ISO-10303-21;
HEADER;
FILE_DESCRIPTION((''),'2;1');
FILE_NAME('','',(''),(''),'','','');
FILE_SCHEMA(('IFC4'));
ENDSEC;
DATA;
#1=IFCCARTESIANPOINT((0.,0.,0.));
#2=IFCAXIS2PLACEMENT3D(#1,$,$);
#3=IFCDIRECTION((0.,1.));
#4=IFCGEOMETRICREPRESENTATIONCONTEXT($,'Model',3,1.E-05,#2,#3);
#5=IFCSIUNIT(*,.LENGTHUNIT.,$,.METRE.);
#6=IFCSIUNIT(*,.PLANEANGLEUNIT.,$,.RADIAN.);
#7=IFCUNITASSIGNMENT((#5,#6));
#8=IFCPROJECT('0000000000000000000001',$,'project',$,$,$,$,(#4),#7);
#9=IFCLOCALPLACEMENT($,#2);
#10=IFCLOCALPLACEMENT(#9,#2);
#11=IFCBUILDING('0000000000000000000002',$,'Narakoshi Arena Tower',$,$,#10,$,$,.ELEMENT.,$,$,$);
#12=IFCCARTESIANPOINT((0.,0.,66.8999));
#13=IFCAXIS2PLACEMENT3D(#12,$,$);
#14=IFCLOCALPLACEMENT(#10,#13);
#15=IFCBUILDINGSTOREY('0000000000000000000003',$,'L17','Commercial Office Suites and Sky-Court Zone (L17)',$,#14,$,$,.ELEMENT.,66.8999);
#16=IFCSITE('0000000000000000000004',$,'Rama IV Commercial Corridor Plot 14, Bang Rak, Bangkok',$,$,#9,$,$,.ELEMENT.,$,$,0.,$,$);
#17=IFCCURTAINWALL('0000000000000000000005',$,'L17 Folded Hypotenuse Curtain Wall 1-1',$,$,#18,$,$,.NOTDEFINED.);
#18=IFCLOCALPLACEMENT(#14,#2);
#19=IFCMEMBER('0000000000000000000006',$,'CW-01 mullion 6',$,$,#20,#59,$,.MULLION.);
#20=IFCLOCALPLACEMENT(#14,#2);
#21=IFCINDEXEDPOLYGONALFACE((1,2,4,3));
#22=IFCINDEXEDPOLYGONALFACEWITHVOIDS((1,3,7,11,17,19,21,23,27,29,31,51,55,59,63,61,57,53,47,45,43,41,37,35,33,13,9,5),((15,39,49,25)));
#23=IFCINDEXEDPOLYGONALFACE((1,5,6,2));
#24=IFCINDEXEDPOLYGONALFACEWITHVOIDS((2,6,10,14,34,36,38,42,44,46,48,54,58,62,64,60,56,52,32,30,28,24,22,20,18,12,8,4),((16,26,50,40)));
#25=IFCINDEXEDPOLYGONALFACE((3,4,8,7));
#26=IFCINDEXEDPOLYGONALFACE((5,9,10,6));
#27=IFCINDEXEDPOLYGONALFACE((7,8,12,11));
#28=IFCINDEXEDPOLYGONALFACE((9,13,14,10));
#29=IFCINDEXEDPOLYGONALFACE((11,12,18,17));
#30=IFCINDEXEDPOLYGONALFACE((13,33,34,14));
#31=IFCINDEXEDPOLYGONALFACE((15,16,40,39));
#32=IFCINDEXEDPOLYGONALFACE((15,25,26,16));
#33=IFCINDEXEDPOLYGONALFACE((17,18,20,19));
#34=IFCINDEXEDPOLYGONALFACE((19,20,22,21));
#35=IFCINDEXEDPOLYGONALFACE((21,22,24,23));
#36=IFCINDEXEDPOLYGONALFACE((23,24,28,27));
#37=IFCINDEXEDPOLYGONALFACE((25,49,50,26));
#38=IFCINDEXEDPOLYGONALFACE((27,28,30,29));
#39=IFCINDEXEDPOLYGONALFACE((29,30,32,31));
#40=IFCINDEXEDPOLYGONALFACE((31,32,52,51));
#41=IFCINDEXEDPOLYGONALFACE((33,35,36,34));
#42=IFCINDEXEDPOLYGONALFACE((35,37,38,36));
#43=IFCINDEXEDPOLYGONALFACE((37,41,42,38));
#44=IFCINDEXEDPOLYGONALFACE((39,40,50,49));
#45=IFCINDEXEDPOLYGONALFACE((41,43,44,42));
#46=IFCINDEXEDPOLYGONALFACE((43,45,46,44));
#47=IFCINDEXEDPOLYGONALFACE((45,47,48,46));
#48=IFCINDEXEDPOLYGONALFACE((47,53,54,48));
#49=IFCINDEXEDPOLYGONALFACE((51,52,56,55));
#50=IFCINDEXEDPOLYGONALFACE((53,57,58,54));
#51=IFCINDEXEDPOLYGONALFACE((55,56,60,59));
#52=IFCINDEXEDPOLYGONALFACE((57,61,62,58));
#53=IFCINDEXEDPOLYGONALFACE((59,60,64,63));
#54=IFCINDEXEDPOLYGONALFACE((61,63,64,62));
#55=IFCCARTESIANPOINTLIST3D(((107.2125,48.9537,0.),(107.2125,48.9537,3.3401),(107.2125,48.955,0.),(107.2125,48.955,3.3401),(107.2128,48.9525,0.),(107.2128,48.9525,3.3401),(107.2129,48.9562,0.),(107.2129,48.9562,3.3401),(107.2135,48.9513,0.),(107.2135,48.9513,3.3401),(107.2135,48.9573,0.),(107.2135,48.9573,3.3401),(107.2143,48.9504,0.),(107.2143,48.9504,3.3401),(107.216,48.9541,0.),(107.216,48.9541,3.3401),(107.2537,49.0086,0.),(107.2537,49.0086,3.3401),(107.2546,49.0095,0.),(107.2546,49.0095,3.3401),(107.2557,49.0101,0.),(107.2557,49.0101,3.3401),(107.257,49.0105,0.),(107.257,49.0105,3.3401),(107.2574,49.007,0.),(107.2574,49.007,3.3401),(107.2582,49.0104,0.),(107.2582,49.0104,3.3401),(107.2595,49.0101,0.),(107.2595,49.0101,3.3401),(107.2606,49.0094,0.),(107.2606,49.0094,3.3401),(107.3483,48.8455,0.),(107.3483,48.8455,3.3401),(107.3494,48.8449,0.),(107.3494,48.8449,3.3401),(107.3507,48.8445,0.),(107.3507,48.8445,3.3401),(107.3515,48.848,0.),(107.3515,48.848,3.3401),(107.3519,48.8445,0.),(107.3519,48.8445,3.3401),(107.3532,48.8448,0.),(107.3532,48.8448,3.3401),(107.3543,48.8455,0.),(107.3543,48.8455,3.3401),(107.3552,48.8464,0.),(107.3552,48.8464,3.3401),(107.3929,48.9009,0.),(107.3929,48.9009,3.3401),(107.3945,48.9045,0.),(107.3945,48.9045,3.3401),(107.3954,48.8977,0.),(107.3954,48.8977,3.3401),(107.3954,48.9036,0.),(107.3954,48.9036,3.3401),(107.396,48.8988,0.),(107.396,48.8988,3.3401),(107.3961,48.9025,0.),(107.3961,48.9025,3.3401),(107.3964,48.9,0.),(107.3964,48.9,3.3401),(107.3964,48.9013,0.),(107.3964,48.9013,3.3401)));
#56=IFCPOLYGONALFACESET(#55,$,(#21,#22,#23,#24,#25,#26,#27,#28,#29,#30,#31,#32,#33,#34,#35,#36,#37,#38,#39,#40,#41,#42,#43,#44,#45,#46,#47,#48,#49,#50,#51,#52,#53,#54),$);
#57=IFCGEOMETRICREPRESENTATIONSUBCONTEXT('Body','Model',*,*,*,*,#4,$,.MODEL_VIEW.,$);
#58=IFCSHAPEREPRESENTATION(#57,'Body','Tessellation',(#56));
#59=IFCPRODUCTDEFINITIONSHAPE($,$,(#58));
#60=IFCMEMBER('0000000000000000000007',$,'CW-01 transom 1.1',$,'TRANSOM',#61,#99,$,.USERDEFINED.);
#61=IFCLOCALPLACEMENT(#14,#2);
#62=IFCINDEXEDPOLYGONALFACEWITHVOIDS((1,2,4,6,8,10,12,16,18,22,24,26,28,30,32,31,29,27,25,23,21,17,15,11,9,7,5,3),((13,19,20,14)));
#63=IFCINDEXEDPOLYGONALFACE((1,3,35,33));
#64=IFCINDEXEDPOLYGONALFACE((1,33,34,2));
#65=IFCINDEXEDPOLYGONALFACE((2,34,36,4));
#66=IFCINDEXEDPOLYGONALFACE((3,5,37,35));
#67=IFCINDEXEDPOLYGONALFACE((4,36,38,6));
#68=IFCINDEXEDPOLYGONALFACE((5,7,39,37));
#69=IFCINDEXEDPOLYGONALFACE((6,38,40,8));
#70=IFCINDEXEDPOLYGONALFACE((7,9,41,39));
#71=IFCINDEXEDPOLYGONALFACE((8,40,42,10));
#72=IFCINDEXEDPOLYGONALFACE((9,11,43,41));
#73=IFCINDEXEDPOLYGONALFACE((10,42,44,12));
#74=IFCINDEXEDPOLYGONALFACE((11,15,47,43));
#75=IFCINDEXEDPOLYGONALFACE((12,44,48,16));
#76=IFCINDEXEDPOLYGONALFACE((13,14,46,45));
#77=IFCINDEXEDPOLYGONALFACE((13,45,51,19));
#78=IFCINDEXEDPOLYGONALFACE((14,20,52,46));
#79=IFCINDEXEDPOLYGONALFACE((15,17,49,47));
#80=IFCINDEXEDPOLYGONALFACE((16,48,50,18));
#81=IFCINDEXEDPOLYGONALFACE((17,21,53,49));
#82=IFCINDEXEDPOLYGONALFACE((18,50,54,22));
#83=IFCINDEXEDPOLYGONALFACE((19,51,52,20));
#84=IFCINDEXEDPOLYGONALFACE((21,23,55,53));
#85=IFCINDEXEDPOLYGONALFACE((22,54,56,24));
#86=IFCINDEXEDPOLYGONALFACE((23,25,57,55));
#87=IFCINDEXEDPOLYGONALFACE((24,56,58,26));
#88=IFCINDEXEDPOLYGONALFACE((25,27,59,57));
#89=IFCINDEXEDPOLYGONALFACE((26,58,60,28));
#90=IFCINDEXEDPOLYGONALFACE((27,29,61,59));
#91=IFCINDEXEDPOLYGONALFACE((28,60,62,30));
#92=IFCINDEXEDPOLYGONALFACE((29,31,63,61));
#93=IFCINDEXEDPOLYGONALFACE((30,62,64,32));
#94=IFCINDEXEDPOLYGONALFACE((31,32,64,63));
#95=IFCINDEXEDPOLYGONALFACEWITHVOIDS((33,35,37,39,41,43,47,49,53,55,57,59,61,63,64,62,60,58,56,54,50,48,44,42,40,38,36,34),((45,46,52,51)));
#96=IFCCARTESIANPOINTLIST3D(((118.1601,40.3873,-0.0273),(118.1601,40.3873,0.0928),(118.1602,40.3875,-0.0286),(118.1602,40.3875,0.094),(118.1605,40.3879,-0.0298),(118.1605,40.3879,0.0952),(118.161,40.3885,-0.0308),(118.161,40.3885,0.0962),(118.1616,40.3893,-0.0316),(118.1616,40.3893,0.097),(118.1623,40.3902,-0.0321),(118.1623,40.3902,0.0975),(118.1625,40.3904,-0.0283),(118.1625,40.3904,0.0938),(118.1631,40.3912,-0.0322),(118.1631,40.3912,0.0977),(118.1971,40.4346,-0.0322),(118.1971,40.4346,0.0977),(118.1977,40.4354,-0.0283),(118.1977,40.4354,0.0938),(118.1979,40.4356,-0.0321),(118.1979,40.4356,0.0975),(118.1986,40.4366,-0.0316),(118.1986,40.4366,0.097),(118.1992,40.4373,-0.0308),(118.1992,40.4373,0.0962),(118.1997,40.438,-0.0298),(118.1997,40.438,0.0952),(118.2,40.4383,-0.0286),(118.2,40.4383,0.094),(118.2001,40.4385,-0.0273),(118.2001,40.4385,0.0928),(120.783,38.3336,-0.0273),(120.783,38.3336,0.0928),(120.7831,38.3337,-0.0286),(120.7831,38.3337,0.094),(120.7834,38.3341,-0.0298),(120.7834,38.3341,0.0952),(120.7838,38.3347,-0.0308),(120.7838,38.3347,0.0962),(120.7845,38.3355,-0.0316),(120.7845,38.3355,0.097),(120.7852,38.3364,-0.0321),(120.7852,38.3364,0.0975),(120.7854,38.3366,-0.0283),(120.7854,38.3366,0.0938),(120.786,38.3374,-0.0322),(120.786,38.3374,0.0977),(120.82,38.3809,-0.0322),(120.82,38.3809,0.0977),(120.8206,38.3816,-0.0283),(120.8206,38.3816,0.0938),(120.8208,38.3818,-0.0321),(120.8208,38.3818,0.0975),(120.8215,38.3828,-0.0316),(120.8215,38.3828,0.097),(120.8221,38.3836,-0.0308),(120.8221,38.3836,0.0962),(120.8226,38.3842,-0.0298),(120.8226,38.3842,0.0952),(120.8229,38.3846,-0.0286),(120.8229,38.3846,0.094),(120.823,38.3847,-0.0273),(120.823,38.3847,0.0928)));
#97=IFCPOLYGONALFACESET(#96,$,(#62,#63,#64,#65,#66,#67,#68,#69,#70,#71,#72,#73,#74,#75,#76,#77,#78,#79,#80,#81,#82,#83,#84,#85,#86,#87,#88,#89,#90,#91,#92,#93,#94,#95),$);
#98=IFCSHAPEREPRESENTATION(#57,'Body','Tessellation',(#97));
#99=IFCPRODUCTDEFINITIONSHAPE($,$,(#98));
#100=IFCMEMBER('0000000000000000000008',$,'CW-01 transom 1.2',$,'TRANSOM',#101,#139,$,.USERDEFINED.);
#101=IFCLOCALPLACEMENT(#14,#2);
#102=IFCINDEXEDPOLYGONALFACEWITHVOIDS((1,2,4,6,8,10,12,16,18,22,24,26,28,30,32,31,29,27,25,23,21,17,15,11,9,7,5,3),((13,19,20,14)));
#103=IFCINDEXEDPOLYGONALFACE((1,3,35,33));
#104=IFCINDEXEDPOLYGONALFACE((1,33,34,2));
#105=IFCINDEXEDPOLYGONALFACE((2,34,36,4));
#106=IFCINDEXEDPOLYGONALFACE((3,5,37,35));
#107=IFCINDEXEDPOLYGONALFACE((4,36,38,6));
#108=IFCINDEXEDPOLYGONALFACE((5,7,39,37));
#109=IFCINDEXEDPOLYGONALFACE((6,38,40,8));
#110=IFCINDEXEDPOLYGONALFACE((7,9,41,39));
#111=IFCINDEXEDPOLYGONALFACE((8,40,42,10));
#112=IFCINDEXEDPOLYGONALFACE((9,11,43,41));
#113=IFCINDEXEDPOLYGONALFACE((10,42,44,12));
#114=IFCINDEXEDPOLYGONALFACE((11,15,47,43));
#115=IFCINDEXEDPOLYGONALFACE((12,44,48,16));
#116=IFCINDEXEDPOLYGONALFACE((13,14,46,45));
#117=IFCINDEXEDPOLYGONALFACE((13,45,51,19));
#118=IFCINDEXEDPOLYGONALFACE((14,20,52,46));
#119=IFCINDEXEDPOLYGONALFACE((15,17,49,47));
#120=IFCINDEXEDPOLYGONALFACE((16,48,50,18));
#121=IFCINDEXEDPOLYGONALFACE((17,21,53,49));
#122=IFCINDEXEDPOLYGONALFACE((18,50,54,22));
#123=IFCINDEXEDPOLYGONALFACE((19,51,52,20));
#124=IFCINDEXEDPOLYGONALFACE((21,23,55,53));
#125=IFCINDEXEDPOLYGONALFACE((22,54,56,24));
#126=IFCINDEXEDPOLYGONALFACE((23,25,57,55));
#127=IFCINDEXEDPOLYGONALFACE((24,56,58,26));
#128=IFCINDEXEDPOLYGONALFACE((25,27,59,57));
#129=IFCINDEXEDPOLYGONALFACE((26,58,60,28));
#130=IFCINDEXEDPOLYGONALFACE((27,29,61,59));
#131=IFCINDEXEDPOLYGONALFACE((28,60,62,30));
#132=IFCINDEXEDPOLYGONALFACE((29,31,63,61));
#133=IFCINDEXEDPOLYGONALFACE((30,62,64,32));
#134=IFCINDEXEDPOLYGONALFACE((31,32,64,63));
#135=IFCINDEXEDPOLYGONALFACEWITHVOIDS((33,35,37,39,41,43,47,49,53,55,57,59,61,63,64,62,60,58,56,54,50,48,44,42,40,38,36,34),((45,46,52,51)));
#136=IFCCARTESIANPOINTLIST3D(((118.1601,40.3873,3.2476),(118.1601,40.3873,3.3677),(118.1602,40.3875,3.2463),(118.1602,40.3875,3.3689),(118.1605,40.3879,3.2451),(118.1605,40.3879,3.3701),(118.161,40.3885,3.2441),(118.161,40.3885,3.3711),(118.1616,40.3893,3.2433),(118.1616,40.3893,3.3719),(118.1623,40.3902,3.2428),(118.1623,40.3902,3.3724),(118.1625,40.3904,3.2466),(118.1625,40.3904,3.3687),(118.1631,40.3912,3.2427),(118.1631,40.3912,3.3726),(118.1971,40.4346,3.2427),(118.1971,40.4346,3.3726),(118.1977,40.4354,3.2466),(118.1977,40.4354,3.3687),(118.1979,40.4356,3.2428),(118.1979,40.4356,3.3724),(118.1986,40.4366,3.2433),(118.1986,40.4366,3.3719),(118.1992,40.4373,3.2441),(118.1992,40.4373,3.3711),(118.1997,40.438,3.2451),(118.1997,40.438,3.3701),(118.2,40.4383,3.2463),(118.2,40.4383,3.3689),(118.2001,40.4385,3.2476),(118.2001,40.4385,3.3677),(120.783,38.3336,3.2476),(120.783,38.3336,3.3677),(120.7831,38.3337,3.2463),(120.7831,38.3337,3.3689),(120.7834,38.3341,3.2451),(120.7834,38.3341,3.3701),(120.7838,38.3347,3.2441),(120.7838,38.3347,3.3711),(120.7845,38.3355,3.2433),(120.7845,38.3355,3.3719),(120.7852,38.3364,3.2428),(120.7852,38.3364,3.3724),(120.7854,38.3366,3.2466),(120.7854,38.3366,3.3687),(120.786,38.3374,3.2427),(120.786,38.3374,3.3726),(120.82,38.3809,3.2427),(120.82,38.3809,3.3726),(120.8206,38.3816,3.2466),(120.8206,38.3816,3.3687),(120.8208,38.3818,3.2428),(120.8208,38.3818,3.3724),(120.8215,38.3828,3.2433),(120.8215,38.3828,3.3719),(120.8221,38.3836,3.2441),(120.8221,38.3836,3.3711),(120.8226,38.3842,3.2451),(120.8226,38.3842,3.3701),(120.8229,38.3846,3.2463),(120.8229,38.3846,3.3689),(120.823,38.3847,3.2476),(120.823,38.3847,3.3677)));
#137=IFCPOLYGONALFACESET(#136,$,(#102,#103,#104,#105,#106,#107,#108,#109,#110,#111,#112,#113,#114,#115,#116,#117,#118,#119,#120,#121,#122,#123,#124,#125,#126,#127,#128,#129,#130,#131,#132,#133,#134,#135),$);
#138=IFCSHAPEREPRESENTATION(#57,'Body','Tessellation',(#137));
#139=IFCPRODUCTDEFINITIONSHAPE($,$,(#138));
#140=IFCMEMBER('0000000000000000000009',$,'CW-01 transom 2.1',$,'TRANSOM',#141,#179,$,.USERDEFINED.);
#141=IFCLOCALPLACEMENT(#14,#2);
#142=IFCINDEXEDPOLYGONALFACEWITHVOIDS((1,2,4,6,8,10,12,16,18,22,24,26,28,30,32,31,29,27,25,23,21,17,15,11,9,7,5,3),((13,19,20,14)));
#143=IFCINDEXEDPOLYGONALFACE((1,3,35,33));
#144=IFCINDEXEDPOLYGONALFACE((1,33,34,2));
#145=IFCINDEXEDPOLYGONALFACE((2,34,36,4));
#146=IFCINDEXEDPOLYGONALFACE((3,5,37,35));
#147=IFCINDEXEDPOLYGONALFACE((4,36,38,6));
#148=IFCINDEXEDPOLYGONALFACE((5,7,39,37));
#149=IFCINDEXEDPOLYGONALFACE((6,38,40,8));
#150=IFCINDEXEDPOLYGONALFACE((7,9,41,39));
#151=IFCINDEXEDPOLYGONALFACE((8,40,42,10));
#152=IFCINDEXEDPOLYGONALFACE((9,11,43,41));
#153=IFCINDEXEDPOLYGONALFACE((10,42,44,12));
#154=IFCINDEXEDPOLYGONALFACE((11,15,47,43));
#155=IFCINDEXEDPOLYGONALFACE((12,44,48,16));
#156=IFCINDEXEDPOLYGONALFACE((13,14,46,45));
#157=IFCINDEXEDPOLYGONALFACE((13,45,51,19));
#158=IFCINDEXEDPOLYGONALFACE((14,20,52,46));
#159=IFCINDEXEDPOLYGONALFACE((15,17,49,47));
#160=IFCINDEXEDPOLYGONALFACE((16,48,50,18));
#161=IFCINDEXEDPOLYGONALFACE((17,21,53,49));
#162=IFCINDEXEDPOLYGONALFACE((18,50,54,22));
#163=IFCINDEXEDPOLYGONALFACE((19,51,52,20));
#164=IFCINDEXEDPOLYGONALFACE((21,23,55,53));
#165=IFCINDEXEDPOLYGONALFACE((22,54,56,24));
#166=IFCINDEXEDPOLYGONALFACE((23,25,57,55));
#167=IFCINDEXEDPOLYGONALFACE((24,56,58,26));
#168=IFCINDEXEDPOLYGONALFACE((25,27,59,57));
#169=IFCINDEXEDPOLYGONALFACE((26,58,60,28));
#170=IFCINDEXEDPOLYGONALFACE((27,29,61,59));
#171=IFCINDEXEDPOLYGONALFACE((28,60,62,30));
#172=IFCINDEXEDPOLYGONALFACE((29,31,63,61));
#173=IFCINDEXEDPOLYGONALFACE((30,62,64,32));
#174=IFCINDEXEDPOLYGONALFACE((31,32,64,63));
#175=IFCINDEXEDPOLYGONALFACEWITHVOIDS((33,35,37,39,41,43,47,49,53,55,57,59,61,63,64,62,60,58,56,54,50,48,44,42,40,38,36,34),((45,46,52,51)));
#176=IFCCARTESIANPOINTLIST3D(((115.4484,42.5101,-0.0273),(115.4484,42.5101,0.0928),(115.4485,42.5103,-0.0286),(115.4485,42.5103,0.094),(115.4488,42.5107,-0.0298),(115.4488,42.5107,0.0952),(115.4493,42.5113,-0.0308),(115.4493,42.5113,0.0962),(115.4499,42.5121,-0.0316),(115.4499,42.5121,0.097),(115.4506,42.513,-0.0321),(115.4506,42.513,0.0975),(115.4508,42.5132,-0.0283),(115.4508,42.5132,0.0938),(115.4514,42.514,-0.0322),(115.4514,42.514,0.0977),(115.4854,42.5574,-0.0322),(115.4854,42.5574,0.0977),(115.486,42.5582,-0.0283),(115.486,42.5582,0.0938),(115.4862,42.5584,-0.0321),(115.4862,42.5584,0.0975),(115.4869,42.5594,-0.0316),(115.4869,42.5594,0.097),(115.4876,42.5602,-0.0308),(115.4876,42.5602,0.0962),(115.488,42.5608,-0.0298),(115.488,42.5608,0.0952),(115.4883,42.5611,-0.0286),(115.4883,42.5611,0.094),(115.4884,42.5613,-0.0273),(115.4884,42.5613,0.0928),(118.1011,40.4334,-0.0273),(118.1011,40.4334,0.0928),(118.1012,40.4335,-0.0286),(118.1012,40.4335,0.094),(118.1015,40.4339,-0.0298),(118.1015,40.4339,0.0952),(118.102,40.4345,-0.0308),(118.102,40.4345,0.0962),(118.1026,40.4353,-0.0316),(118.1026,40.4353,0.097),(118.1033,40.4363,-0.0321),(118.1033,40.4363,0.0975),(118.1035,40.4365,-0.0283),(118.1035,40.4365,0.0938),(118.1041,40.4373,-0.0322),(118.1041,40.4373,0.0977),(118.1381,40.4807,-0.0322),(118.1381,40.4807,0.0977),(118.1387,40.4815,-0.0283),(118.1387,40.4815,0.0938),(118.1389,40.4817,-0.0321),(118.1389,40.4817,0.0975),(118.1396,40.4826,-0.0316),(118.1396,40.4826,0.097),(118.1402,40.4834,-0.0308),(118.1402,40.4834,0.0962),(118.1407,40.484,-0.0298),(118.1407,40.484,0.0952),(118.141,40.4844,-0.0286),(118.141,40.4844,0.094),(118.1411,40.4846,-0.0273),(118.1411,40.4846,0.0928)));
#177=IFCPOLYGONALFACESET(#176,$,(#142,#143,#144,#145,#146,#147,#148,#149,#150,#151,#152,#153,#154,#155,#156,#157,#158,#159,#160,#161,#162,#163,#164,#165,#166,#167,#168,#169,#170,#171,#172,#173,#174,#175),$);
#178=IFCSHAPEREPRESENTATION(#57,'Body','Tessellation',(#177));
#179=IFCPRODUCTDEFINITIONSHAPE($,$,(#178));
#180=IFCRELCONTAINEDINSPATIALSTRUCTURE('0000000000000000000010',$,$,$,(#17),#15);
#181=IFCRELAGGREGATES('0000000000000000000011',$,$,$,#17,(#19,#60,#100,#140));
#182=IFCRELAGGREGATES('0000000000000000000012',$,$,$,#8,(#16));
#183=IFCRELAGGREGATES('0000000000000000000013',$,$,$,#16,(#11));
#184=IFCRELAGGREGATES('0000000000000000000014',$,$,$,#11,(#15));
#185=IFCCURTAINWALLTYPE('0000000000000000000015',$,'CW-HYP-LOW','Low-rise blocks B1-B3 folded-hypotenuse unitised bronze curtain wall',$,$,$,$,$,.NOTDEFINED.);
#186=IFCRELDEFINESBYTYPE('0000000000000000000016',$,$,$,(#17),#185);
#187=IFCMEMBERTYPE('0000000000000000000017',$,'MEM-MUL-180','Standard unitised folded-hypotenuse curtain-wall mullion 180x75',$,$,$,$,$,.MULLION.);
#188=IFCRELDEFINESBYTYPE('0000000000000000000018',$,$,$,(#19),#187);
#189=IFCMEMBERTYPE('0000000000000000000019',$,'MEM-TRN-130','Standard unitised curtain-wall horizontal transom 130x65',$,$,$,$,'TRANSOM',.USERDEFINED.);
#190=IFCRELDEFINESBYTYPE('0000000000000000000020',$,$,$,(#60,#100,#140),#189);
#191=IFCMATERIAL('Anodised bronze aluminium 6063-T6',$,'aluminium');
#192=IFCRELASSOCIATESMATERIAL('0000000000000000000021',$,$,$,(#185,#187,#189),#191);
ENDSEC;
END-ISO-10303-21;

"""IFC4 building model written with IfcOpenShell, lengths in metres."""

from ifc_helpers import new_model, si_unit, direction, frame, origin, origin_2d, place, context, subcontext, project, spatial, hollow_rectangle, extrude, material, material_profile, profile_set, type_object, element, aggregate, save


model = new_model("IFC4")

# Units and contexts
model_context = context("Model", 3, precision=1e-05, world=origin(), true_north=direction((0.0, 1.0)))
body_context = subcontext(model_context, "Body", "Model", "MODEL_VIEW")
ifc_project = project(units=[si_unit("LENGTHUNIT", "METRE"), si_unit("PLANEANGLEUNIT", "RADIAN")], contexts=[model_context])

# Site, building, storey
site_placement = place(None, origin())
site = spatial("IfcSite", under=ifc_project, at=site_placement, Name="Rama IV Commercial Corridor Plot 14, Bang Rak, Bangkok", CompositionType="ELEMENT", RefElevation=0.0)
building_placement = place(site_placement, origin())
building = spatial("IfcBuilding", under=site, at=building_placement, Name="Narakoshi Arena Tower", CompositionType="ELEMENT")
storey_placement = place(building_placement, frame((0.0, 0.0, 66.8999)))
storey = spatial("IfcBuildingStorey", under=building, at=storey_placement, Name="L17", Description="Commercial Office Suites and Sky-Court Zone (L17)", CompositionType="ELEMENT", Elevation=66.8999)

# Curtain wall, members
ifc_material_1 = material(Name="Anodised bronze aluminium 6063-T6", Category="aluminium")
curtain_wall_type = type_object("IfcCurtainWallType", Name="CW-HYP-LOW", Description="Low-rise blocks B1-B3 folded-hypotenuse unitised bronze curtain wall", PredefinedType="NOTDEFINED", material=ifc_material_1)
curtain_wall_placement = place(storey_placement, origin())
curtain_wall = element("IfcCurtainWall", 1, at=curtain_wall_placement, inside=storey, type_object=curtain_wall_type, Name="L17 Folded Hypotenuse Curtain Wall 1-1", PredefinedType="NOTDEFINED")
ifc_material_profile_1 = material_profile(ifc_material_1, hollow_rectangle(XDim=0.075, YDim=0.1799, WallThickness=0.0039, OuterFilletRadius=0.0049, at=origin_2d()), Name="MUL180x75x4")
ifc_profile_set_1 = profile_set([ifc_material_profile_1], Name="Anodised bronze aluminium 6063-T6")
member_type_1 = type_object("IfcMemberType", Name="MEM-MUL-180", Description="Standard unitised folded-hypotenuse curtain-wall mullion 180x75", PredefinedType="MULLION", material=ifc_profile_set_1)
member_1_placement = place(storey_placement, frame((107.3044, 48.9275, 0.0), z_axis=(0.0, 0.0, 1.0), x_axis=(-0.616458, -0.787388, 0.0)))
member_1 = element("IfcMember", 2, at=member_1_placement, type_object=member_type_1, Name="CW-01 mullion 6", PredefinedType="MULLION", context=body_context, shape_type="SweptSolid", body=[
    extrude(hollow_rectangle(XDim=0.075, YDim=0.1799, WallThickness=0.0039, OuterFilletRadius=0.0049, at=origin_2d()), origin(), (0.0, 0.0, 1.0), 3.3401),
])
ifc_material_profile_2 = material_profile(ifc_material_1, hollow_rectangle(XDim=0.0649, YDim=0.1299, WallThickness=0.0039, OuterFilletRadius=0.0049, at=origin_2d()), Name="TRN130x65x4")
ifc_profile_set_2 = profile_set([ifc_material_profile_2], Name="Anodised bronze aluminium 6063-T6")
member_type_2 = type_object("IfcMemberType", Name="MEM-TRN-130", Description="Standard unitised curtain-wall horizontal transom 130x65", ElementType="TRANSOM", PredefinedType="USERDEFINED", material=ifc_profile_set_2)
member_2_placement = place(storey_placement, frame((120.803, 38.3591, 0.0327), z_axis=(-0.787347, 0.61651, 0.0), x_axis=(-0.61651, -0.787347, 0.0)))
member_2 = element("IfcMember", 3, at=member_2_placement, type_object=member_type_2, Name="CW-01 transom 1.1", ObjectType="TRANSOM", PredefinedType="USERDEFINED", context=body_context, shape_type="SweptSolid", body=[
    extrude(hollow_rectangle(XDim=0.0649, YDim=0.1299, WallThickness=0.0039, OuterFilletRadius=0.0049, at=origin_2d()), origin(), (0.0, 0.0, 1.0), 3.3313),
])
member_3_placement = place(storey_placement, frame((120.803, 38.3591, 3.3076), z_axis=(-0.787347, 0.61651, 0.0), x_axis=(-0.61651, -0.787347, 0.0)))
member_3 = element("IfcMember", 4, at=member_3_placement, type_object=member_type_2, Name="CW-01 transom 1.2", ObjectType="TRANSOM", PredefinedType="USERDEFINED", context=body_context, shape_type="SweptSolid", body=[
    extrude(hollow_rectangle(XDim=0.0649, YDim=0.1299, WallThickness=0.0039, OuterFilletRadius=0.0049, at=origin_2d()), origin(), (0.0, 0.0, 1.0), 3.3313),
])
member_4_placement = place(storey_placement, frame((118.1211, 40.459, 0.0327), z_axis=(-0.787401, 0.616441, 0.0), x_axis=(-0.616441, -0.787401, 0.0)))
member_4 = element("IfcMember", 5, at=member_4_placement, type_object=member_type_2, Name="CW-01 transom 2.1", ObjectType="TRANSOM", PredefinedType="USERDEFINED", context=body_context, shape_type="SweptSolid", body=[
    extrude(hollow_rectangle(XDim=0.0649, YDim=0.1299, WallThickness=0.0039, OuterFilletRadius=0.0049, at=origin_2d()), origin(), (0.0, 0.0, 1.0), 3.3689),
])
aggregate(curtain_wall, [member_1, member_2, member_3, member_4])

save(model, "model.ifc")
